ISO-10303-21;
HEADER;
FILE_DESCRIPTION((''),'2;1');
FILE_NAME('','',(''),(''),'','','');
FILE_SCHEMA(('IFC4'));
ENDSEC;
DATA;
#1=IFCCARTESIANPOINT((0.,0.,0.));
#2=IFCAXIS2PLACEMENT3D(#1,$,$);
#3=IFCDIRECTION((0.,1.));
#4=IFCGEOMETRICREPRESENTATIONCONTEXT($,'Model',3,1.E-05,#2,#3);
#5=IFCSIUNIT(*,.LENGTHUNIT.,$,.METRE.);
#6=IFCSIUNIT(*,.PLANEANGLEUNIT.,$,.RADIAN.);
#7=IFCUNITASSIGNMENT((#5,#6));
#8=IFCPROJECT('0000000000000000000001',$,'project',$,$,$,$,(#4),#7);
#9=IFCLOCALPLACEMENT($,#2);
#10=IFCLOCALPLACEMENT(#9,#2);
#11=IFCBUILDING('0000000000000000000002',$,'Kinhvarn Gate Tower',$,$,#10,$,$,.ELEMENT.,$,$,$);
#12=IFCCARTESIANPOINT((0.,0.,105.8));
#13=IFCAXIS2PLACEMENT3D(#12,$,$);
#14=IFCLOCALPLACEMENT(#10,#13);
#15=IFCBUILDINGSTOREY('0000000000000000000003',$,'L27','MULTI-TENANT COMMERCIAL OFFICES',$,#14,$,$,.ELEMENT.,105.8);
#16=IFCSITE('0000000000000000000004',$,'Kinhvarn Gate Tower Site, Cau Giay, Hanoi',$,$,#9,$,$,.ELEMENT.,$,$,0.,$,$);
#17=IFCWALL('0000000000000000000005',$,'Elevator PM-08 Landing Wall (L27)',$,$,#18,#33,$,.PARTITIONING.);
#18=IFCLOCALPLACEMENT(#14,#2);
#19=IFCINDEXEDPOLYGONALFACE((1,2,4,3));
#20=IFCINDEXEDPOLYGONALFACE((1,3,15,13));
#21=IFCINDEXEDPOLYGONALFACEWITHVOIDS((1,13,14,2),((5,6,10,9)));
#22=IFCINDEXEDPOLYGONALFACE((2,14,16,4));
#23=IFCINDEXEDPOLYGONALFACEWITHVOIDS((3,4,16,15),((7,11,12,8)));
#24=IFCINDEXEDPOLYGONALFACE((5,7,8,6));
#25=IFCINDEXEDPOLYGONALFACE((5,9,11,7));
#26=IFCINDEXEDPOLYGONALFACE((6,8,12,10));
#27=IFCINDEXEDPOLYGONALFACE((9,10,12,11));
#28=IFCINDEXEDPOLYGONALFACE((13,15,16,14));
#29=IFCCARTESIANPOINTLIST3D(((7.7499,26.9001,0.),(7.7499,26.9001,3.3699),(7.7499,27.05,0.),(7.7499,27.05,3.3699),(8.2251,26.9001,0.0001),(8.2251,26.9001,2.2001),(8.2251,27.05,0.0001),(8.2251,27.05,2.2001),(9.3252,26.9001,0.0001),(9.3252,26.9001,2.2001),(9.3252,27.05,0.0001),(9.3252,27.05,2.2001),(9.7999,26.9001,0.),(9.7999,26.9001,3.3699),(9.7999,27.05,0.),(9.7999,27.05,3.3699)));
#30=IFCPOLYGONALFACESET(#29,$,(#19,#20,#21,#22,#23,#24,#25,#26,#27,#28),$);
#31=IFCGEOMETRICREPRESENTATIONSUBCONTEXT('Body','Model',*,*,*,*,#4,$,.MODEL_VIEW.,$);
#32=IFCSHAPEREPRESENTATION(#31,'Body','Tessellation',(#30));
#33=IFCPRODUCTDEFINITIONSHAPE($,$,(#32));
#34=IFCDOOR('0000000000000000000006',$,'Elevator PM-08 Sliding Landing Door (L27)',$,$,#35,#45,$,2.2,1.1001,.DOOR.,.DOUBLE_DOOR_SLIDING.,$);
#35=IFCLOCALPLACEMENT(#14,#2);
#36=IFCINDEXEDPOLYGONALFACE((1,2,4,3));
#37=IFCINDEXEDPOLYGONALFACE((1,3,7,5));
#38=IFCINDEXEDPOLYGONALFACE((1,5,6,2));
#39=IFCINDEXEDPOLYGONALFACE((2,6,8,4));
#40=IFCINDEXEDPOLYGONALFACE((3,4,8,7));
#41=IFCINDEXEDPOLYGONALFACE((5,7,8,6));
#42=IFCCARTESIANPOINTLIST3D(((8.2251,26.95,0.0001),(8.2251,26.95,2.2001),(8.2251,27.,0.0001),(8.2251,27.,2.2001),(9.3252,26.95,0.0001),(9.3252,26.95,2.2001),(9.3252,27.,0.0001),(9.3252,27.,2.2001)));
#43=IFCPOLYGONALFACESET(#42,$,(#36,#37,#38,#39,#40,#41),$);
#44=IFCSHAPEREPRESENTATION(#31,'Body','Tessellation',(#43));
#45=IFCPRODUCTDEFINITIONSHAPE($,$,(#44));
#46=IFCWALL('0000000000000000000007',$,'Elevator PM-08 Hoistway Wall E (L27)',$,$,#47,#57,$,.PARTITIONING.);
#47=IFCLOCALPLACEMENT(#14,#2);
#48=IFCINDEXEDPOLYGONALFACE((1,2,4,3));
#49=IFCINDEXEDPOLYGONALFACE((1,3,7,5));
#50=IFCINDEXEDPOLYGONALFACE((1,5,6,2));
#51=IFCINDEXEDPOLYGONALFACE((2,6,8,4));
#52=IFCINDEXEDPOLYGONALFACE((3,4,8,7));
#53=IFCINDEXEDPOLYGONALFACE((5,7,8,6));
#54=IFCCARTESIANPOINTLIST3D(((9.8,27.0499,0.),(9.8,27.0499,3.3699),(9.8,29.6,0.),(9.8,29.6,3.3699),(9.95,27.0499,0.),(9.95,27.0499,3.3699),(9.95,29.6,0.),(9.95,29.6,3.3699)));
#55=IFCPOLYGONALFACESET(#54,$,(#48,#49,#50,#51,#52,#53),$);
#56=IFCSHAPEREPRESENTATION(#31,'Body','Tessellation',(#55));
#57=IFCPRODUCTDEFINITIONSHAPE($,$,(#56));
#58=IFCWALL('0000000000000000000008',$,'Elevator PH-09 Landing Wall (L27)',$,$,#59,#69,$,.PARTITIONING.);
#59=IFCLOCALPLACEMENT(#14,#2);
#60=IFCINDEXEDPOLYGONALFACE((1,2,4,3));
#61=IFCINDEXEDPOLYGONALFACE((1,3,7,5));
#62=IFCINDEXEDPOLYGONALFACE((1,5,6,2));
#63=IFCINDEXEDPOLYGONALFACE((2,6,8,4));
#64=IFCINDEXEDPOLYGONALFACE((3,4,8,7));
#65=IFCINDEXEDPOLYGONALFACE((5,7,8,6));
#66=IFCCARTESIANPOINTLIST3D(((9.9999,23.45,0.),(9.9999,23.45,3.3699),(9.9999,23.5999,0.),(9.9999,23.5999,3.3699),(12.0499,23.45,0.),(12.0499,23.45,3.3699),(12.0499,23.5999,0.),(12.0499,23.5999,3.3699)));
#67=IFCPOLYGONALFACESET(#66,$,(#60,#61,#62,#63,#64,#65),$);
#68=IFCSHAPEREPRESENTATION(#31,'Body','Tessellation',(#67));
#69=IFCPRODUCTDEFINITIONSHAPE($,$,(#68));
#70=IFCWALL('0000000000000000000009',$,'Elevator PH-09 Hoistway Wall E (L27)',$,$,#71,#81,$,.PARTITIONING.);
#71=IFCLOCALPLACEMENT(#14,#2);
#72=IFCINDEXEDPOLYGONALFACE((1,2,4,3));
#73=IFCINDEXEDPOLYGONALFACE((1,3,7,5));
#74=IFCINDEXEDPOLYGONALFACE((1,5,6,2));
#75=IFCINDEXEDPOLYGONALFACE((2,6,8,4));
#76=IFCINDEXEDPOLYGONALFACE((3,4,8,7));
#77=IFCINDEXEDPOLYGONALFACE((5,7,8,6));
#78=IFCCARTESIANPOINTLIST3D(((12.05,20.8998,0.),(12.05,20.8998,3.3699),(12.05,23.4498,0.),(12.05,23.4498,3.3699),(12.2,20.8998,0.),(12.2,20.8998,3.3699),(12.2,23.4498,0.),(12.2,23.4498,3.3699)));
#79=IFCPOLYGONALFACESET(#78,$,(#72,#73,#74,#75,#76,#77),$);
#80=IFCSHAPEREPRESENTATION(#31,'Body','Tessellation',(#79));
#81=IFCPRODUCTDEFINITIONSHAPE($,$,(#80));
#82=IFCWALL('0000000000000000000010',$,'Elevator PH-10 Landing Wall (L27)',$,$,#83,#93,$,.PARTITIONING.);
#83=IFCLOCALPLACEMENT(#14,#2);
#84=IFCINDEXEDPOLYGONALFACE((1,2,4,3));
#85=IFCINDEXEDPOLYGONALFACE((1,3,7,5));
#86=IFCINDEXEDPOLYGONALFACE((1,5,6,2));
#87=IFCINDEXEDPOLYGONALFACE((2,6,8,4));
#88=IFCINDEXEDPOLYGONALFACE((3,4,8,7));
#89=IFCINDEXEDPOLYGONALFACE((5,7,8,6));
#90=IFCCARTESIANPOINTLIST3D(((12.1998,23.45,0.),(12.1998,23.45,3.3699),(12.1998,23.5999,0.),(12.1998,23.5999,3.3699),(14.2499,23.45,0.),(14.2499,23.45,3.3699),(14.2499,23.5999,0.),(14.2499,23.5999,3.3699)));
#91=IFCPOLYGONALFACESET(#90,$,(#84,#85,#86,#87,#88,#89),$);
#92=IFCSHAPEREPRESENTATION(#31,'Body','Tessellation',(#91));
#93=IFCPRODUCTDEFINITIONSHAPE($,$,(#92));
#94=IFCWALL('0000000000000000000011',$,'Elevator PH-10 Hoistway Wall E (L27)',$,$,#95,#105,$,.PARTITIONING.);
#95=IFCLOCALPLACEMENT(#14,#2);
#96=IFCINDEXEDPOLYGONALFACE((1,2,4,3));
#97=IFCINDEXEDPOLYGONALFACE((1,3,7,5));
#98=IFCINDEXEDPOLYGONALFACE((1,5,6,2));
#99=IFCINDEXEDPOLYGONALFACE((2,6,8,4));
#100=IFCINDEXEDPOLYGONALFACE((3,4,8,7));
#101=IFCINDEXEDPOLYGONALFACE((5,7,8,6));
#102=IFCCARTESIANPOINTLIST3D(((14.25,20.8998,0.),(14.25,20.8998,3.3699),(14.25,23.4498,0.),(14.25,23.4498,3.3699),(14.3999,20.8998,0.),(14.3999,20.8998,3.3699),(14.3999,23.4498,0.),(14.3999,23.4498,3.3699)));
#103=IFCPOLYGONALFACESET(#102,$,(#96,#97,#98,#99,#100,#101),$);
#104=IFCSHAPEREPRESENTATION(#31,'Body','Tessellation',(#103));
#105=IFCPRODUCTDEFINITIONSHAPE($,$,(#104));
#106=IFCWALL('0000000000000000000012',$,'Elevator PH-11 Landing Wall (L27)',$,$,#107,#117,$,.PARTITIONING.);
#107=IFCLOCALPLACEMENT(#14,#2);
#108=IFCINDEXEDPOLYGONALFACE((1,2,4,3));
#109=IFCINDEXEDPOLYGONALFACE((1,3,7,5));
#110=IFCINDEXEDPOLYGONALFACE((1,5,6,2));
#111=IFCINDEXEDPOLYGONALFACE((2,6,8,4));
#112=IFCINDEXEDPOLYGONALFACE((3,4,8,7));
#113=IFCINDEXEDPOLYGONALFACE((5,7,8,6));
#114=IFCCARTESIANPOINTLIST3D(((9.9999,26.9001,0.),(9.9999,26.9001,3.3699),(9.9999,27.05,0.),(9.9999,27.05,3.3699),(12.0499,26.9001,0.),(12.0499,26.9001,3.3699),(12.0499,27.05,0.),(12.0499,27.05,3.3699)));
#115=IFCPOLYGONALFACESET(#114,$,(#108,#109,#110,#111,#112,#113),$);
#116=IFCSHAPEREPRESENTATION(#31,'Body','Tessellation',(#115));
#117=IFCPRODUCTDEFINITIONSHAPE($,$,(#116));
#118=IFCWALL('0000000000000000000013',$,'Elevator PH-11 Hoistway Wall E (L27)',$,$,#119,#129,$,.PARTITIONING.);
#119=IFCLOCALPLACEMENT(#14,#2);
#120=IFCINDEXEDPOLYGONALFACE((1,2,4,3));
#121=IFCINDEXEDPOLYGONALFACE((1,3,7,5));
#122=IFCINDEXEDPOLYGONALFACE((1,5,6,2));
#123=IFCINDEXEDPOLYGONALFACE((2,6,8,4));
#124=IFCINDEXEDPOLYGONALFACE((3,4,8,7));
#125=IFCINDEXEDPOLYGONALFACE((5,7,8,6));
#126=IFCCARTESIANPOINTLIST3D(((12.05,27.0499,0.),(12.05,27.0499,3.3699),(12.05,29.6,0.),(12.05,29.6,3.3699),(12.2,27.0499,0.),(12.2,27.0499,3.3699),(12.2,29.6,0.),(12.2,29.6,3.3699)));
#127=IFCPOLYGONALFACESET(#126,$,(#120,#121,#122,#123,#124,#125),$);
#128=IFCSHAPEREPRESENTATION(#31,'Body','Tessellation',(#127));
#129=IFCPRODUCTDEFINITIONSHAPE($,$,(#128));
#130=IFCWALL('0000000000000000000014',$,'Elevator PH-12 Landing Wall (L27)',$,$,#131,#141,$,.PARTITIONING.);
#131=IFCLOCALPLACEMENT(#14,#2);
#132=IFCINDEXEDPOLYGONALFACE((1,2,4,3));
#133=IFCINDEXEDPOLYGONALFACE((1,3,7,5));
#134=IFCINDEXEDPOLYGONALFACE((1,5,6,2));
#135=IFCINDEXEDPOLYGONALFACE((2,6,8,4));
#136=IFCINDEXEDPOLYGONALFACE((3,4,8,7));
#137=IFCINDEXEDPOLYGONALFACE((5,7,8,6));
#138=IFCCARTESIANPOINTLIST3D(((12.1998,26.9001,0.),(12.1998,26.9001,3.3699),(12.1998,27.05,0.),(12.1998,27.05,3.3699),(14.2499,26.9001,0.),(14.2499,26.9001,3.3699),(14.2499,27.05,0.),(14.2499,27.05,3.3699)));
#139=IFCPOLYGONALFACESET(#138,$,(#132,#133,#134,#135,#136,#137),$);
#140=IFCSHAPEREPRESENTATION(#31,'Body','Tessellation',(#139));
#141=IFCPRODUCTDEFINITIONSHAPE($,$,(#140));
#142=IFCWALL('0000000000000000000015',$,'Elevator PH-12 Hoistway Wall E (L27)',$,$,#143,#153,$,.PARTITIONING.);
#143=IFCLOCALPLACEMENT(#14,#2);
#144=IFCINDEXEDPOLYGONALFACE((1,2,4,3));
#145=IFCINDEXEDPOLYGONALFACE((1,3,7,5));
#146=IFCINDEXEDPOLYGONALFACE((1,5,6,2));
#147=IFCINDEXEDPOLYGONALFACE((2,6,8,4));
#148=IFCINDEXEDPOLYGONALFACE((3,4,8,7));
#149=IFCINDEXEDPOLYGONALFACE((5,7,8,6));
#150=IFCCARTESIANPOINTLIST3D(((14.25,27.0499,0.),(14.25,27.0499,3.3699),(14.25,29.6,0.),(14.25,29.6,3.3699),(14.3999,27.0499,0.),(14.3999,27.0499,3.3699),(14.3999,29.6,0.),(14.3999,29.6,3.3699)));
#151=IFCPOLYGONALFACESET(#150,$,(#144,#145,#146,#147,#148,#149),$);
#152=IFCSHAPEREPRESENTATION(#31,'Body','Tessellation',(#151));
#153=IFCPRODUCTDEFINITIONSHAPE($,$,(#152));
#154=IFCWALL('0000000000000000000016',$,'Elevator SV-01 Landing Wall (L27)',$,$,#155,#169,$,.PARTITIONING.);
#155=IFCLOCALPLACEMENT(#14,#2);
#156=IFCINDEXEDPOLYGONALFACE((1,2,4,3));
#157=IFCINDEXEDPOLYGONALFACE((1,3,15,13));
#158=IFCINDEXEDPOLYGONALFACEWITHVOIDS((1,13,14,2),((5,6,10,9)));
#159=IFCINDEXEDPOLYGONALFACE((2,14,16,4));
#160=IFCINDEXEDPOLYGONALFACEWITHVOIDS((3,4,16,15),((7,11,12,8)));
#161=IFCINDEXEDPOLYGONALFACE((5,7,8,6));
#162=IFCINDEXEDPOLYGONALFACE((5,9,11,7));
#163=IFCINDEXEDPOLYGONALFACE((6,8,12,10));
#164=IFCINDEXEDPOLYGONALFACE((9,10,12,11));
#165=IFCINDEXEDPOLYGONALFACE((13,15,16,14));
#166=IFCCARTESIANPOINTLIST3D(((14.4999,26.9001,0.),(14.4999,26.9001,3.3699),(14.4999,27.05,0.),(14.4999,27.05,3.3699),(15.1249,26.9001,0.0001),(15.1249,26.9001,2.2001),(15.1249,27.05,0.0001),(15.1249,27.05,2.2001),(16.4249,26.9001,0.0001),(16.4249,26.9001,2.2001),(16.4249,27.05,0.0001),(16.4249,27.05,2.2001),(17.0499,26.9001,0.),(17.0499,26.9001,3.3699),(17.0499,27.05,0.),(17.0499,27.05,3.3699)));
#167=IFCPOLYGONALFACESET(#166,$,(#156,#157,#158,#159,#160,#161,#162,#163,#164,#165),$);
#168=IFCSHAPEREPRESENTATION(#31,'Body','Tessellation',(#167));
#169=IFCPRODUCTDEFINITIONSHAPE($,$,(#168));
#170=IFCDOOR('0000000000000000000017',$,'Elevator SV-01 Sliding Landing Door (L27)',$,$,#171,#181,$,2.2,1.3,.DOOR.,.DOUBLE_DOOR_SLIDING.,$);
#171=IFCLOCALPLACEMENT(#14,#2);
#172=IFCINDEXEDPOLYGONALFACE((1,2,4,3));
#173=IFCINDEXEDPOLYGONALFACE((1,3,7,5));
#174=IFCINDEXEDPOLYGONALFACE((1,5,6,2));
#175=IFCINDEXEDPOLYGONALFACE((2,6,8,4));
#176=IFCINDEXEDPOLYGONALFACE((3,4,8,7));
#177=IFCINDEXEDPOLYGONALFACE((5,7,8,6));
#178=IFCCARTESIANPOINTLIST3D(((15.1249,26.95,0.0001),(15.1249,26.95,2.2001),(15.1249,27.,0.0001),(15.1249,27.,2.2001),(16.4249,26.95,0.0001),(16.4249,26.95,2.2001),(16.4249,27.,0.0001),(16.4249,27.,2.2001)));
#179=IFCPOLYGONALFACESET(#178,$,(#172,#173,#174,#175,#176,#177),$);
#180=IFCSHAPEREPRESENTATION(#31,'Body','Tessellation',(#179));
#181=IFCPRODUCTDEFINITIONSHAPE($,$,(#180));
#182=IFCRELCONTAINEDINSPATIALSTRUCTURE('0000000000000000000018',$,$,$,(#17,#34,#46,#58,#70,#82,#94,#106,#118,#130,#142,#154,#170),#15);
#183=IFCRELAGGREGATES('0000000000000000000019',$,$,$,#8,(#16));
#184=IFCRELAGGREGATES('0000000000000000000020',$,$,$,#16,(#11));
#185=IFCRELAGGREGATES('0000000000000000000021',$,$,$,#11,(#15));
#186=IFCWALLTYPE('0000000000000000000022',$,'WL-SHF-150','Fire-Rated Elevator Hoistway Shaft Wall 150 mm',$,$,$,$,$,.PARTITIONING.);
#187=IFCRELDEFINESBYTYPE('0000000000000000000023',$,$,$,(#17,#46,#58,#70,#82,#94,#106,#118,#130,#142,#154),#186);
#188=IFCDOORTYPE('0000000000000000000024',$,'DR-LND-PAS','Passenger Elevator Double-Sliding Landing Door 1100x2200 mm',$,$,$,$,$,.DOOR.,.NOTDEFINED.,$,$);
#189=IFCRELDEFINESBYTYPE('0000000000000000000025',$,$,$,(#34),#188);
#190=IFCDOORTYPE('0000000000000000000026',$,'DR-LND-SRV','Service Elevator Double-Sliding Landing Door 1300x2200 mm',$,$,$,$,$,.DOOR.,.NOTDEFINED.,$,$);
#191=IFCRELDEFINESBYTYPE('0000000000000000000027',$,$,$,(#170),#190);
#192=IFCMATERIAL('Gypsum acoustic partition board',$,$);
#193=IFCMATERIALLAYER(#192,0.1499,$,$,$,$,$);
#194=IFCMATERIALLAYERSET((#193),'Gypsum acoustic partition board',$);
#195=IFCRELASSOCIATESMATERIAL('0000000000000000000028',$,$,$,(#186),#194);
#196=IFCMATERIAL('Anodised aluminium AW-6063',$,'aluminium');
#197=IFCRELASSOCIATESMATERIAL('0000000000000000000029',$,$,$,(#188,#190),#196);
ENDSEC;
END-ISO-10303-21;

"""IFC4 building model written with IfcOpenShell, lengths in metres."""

from ifc_helpers import new_model, si_unit, direction, frame, frame_2d, origin, place, context, subcontext, project, spatial, rectangle, extrude, material, layer, layer_set, type_object, element, fill, save


model = new_model("IFC4")

# Units and contexts
model_context = context("Model", 3, precision=1e-05, world=origin(), true_north=direction((0.0, 1.0)))
body_context = subcontext(model_context, "Body", "Model", "MODEL_VIEW")
ifc_project = project(units=[si_unit("LENGTHUNIT", "METRE"), si_unit("PLANEANGLEUNIT", "RADIAN")], contexts=[model_context])

# Site, building, storey
site_placement = place(None, origin())
site = spatial("IfcSite", under=ifc_project, at=site_placement, Name="Kinhvarn Gate Tower Site, Cau Giay, Hanoi", CompositionType="ELEMENT", RefElevation=0.0)
building_placement = place(site_placement, origin())
building = spatial("IfcBuilding", under=site, at=building_placement, Name="Kinhvarn Gate Tower", CompositionType="ELEMENT")
storey_placement = place(building_placement, frame((0.0, 0.0, 105.8)))
storey = spatial("IfcBuildingStorey", under=building, at=storey_placement, Name="L27", Description="MULTI-TENANT COMMERCIAL OFFICES", CompositionType="ELEMENT", Elevation=105.8)

# Shared definitions
ifc_material_1 = material(Name="Gypsum acoustic partition board")
ifc_material_2 = material(Name="Anodised aluminium AW-6063", Category="aluminium")

# Shared definitions
ifc_layer_1 = layer(ifc_material_1, 0.1499)
ifc_layer_set_1 = layer_set([ifc_layer_1], Name="Gypsum acoustic partition board")
wall_type_1 = type_object("IfcWallType", Name="WL-SHF-150", Description="Fire-Rated Elevator Hoistway Shaft Wall 150 mm", PredefinedType="PARTITIONING", material=ifc_layer_set_1)
door_type_1 = type_object("IfcDoorType", Name="DR-LND-PAS", Description="Passenger Elevator Double-Sliding Landing Door 1100x2200 mm", OperationType="NOTDEFINED", PredefinedType="DOOR", material=ifc_material_2)

# Wall, opening, door
wall_1_placement = place(storey_placement, frame((7.75, 26.9751, 0.0), z_axis=(0.0, 0.0, 1.0), x_axis=(1.0, 0.0, 0.0)))
wall_1 = element("IfcWall", 1, at=wall_1_placement, inside=storey, type_object=wall_type_1, Name="Elevator PM-08 Landing Wall (L27)", PredefinedType="PARTITIONING", context=body_context, shape_type="SweptSolid", body=[
    extrude(rectangle(XDim=2.05, YDim=0.1499, at=frame_2d((1.0249, 0.0))), origin(), (0.0, 0.0, 1.0), 3.3699),
])
opening_1_placement = place(wall_1_placement, frame((0.4751, 0.0, 0.0)))
opening_1 = element("IfcOpeningElement", 2, at=opening_1_placement, cuts=wall_1, PredefinedType="OPENING", context=body_context, shape_type="SweptSolid", body=[
    extrude(rectangle(XDim=1.1001, YDim=2.2, at=frame_2d((0.55, 1.1001))), frame((0.0, 0.085, 0.0), z_axis=(0.0, -1.0, 0.0), x_axis=(1.0, 0.0, 0.0)), (0.0, 0.0, 1.0), 0.1699),
])
door_1_placement = place(opening_1_placement, origin())
door_1 = element("IfcDoor", 3, at=door_1_placement, inside=storey, type_object=door_type_1, Name="Elevator PM-08 Sliding Landing Door (L27)", OperationType="DOUBLE_DOOR_SLIDING", OverallHeight=2.2, OverallWidth=1.1001, PredefinedType="DOOR", context=body_context, shape_type="SweptSolid", body=[
    extrude(rectangle(XDim=1.1001, YDim=2.2, at=frame_2d((0.55, 1.1001))), frame((0.0, 0.0249, 0.0), z_axis=(0.0, -1.0, 0.0), x_axis=(1.0, 0.0, 0.0)), (0.0, 0.0, 1.0), 0.05),
])
fill(opening_1, door_1)

# Walls
wall_2_placement = place(storey_placement, frame((9.875, 27.05, 0.0), z_axis=(0.0, 0.0, 1.0), x_axis=(0.0, 1.0, 0.0)))
element("IfcWall", 4, at=wall_2_placement, inside=storey, type_object=wall_type_1, Name="Elevator PM-08 Hoistway Wall E (L27)", PredefinedType="PARTITIONING", context=body_context, shape_type="SweptSolid", body=[
    extrude(rectangle(XDim=2.55, YDim=0.1499, at=frame_2d((1.2749, 0.0))), origin(), (0.0, 0.0, 1.0), 3.3699),
])
wall_3_placement = place(storey_placement, frame((10.0, 23.5249, 0.0), z_axis=(0.0, 0.0, 1.0), x_axis=(1.0, 0.0, 0.0)))
element("IfcWall", 5, at=wall_3_placement, inside=storey, type_object=wall_type_1, Name="Elevator PH-09 Landing Wall (L27)", PredefinedType="PARTITIONING", context=body_context, shape_type="SweptSolid", body=[
    extrude(rectangle(XDim=2.05, YDim=0.1499, at=frame_2d((1.0249, 0.0))), origin(), (0.0, 0.0, 1.0), 3.3699),
])
wall_4_placement = place(storey_placement, frame((12.125, 20.8999, 0.0), z_axis=(0.0, 0.0, 1.0), x_axis=(0.0, 1.0, 0.0)))
element("IfcWall", 6, at=wall_4_placement, inside=storey, type_object=wall_type_1, Name="Elevator PH-09 Hoistway Wall E (L27)", PredefinedType="PARTITIONING", context=body_context, shape_type="SweptSolid", body=[
    extrude(rectangle(XDim=2.55, YDim=0.1499, at=frame_2d((1.2749, 0.0))), origin(), (0.0, 0.0, 1.0), 3.3699),
])
wall_5_placement = place(storey_placement, frame((12.2, 23.5249, 0.0), z_axis=(0.0, 0.0, 1.0), x_axis=(1.0, 0.0, 0.0)))
element("IfcWall", 7, at=wall_5_placement, inside=storey, type_object=wall_type_1, Name="Elevator PH-10 Landing Wall (L27)", PredefinedType="PARTITIONING", context=body_context, shape_type="SweptSolid", body=[
    extrude(rectangle(XDim=2.05, YDim=0.1499, at=frame_2d((1.0249, 0.0))), origin(), (0.0, 0.0, 1.0), 3.3699),
])
wall_6_placement = place(storey_placement, frame((14.325, 20.8999, 0.0), z_axis=(0.0, 0.0, 1.0), x_axis=(0.0, 1.0, 0.0)))
element("IfcWall", 8, at=wall_6_placement, inside=storey, type_object=wall_type_1, Name="Elevator PH-10 Hoistway Wall E (L27)", PredefinedType="PARTITIONING", context=body_context, shape_type="SweptSolid", body=[
    extrude(rectangle(XDim=2.55, YDim=0.1499, at=frame_2d((1.2749, 0.0))), origin(), (0.0, 0.0, 1.0), 3.3699),
])
wall_7_placement = place(storey_placement, frame((10.0, 26.9751, 0.0), z_axis=(0.0, 0.0, 1.0), x_axis=(1.0, 0.0, 0.0)))
element("IfcWall", 9, at=wall_7_placement, inside=storey, type_object=wall_type_1, Name="Elevator PH-11 Landing Wall (L27)", PredefinedType="PARTITIONING", context=body_context, shape_type="SweptSolid", body=[
    extrude(rectangle(XDim=2.05, YDim=0.1499, at=frame_2d((1.0249, 0.0))), origin(), (0.0, 0.0, 1.0), 3.3699),
])
wall_8_placement = place(storey_placement, frame((12.125, 27.05, 0.0), z_axis=(0.0, 0.0, 1.0), x_axis=(0.0, 1.0, 0.0)))
element("IfcWall", 10, at=wall_8_placement, inside=storey, type_object=wall_type_1, Name="Elevator PH-11 Hoistway Wall E (L27)", PredefinedType="PARTITIONING", context=body_context, shape_type="SweptSolid", body=[
    extrude(rectangle(XDim=2.55, YDim=0.1499, at=frame_2d((1.2749, 0.0))), origin(), (0.0, 0.0, 1.0), 3.3699),
])
wall_9_placement = place(storey_placement, frame((12.2, 26.9751, 0.0), z_axis=(0.0, 0.0, 1.0), x_axis=(1.0, 0.0, 0.0)))
element("IfcWall", 11, at=wall_9_placement, inside=storey, type_object=wall_type_1, Name="Elevator PH-12 Landing Wall (L27)", PredefinedType="PARTITIONING", context=body_context, shape_type="SweptSolid", body=[
    extrude(rectangle(XDim=2.05, YDim=0.1499, at=frame_2d((1.0249, 0.0))), origin(), (0.0, 0.0, 1.0), 3.3699),
])
wall_10_placement = place(storey_placement, frame((14.325, 27.05, 0.0), z_axis=(0.0, 0.0, 1.0), x_axis=(0.0, 1.0, 0.0)))
element("IfcWall", 12, at=wall_10_placement, inside=storey, type_object=wall_type_1, Name="Elevator PH-12 Hoistway Wall E (L27)", PredefinedType="PARTITIONING", context=body_context, shape_type="SweptSolid", body=[
    extrude(rectangle(XDim=2.55, YDim=0.1499, at=frame_2d((1.2749, 0.0))), origin(), (0.0, 0.0, 1.0), 3.3699),
])

# Wall, opening, door
wall_11_placement = place(storey_placement, frame((14.5, 26.9751, 0.0), z_axis=(0.0, 0.0, 1.0), x_axis=(1.0, 0.0, 0.0)))
wall_11 = element("IfcWall", 13, at=wall_11_placement, inside=storey, type_object=wall_type_1, Name="Elevator SV-01 Landing Wall (L27)", PredefinedType="PARTITIONING", context=body_context, shape_type="SweptSolid", body=[
    extrude(rectangle(XDim=2.55, YDim=0.1499, at=frame_2d((1.2749, 0.0))), origin(), (0.0, 0.0, 1.0), 3.3699),
])
opening_2_placement = place(wall_11_placement, frame((0.625, 0.0, 0.0)))
opening_2 = element("IfcOpeningElement", 14, at=opening_2_placement, cuts=wall_11, PredefinedType="OPENING", context=body_context, shape_type="SweptSolid", body=[
    extrude(rectangle(XDim=1.3, YDim=2.2, at=frame_2d((0.6499, 1.1001))), frame((0.0, 0.085, 0.0), z_axis=(0.0, -1.0, 0.0), x_axis=(1.0, 0.0, 0.0)), (0.0, 0.0, 1.0), 0.1699),
])
door_type_2 = type_object("IfcDoorType", Name="DR-LND-SRV", Description="Service Elevator Double-Sliding Landing Door 1300x2200 mm", OperationType="NOTDEFINED", PredefinedType="DOOR", material=ifc_material_2)
door_2_placement = place(opening_2_placement, origin())
door_2 = element("IfcDoor", 15, at=door_2_placement, inside=storey, type_object=door_type_2, Name="Elevator SV-01 Sliding Landing Door (L27)", OperationType="DOUBLE_DOOR_SLIDING", OverallHeight=2.2, OverallWidth=1.3, PredefinedType="DOOR", context=body_context, shape_type="SweptSolid", body=[
    extrude(rectangle(XDim=1.3, YDim=2.2, at=frame_2d((0.6499, 1.1001))), frame((0.0, 0.0249, 0.0), z_axis=(0.0, -1.0, 0.0), x_axis=(1.0, 0.0, 0.0)), (0.0, 0.0, 1.0), 0.05),
])
fill(opening_2, door_2)

save(model, "model.ifc")
